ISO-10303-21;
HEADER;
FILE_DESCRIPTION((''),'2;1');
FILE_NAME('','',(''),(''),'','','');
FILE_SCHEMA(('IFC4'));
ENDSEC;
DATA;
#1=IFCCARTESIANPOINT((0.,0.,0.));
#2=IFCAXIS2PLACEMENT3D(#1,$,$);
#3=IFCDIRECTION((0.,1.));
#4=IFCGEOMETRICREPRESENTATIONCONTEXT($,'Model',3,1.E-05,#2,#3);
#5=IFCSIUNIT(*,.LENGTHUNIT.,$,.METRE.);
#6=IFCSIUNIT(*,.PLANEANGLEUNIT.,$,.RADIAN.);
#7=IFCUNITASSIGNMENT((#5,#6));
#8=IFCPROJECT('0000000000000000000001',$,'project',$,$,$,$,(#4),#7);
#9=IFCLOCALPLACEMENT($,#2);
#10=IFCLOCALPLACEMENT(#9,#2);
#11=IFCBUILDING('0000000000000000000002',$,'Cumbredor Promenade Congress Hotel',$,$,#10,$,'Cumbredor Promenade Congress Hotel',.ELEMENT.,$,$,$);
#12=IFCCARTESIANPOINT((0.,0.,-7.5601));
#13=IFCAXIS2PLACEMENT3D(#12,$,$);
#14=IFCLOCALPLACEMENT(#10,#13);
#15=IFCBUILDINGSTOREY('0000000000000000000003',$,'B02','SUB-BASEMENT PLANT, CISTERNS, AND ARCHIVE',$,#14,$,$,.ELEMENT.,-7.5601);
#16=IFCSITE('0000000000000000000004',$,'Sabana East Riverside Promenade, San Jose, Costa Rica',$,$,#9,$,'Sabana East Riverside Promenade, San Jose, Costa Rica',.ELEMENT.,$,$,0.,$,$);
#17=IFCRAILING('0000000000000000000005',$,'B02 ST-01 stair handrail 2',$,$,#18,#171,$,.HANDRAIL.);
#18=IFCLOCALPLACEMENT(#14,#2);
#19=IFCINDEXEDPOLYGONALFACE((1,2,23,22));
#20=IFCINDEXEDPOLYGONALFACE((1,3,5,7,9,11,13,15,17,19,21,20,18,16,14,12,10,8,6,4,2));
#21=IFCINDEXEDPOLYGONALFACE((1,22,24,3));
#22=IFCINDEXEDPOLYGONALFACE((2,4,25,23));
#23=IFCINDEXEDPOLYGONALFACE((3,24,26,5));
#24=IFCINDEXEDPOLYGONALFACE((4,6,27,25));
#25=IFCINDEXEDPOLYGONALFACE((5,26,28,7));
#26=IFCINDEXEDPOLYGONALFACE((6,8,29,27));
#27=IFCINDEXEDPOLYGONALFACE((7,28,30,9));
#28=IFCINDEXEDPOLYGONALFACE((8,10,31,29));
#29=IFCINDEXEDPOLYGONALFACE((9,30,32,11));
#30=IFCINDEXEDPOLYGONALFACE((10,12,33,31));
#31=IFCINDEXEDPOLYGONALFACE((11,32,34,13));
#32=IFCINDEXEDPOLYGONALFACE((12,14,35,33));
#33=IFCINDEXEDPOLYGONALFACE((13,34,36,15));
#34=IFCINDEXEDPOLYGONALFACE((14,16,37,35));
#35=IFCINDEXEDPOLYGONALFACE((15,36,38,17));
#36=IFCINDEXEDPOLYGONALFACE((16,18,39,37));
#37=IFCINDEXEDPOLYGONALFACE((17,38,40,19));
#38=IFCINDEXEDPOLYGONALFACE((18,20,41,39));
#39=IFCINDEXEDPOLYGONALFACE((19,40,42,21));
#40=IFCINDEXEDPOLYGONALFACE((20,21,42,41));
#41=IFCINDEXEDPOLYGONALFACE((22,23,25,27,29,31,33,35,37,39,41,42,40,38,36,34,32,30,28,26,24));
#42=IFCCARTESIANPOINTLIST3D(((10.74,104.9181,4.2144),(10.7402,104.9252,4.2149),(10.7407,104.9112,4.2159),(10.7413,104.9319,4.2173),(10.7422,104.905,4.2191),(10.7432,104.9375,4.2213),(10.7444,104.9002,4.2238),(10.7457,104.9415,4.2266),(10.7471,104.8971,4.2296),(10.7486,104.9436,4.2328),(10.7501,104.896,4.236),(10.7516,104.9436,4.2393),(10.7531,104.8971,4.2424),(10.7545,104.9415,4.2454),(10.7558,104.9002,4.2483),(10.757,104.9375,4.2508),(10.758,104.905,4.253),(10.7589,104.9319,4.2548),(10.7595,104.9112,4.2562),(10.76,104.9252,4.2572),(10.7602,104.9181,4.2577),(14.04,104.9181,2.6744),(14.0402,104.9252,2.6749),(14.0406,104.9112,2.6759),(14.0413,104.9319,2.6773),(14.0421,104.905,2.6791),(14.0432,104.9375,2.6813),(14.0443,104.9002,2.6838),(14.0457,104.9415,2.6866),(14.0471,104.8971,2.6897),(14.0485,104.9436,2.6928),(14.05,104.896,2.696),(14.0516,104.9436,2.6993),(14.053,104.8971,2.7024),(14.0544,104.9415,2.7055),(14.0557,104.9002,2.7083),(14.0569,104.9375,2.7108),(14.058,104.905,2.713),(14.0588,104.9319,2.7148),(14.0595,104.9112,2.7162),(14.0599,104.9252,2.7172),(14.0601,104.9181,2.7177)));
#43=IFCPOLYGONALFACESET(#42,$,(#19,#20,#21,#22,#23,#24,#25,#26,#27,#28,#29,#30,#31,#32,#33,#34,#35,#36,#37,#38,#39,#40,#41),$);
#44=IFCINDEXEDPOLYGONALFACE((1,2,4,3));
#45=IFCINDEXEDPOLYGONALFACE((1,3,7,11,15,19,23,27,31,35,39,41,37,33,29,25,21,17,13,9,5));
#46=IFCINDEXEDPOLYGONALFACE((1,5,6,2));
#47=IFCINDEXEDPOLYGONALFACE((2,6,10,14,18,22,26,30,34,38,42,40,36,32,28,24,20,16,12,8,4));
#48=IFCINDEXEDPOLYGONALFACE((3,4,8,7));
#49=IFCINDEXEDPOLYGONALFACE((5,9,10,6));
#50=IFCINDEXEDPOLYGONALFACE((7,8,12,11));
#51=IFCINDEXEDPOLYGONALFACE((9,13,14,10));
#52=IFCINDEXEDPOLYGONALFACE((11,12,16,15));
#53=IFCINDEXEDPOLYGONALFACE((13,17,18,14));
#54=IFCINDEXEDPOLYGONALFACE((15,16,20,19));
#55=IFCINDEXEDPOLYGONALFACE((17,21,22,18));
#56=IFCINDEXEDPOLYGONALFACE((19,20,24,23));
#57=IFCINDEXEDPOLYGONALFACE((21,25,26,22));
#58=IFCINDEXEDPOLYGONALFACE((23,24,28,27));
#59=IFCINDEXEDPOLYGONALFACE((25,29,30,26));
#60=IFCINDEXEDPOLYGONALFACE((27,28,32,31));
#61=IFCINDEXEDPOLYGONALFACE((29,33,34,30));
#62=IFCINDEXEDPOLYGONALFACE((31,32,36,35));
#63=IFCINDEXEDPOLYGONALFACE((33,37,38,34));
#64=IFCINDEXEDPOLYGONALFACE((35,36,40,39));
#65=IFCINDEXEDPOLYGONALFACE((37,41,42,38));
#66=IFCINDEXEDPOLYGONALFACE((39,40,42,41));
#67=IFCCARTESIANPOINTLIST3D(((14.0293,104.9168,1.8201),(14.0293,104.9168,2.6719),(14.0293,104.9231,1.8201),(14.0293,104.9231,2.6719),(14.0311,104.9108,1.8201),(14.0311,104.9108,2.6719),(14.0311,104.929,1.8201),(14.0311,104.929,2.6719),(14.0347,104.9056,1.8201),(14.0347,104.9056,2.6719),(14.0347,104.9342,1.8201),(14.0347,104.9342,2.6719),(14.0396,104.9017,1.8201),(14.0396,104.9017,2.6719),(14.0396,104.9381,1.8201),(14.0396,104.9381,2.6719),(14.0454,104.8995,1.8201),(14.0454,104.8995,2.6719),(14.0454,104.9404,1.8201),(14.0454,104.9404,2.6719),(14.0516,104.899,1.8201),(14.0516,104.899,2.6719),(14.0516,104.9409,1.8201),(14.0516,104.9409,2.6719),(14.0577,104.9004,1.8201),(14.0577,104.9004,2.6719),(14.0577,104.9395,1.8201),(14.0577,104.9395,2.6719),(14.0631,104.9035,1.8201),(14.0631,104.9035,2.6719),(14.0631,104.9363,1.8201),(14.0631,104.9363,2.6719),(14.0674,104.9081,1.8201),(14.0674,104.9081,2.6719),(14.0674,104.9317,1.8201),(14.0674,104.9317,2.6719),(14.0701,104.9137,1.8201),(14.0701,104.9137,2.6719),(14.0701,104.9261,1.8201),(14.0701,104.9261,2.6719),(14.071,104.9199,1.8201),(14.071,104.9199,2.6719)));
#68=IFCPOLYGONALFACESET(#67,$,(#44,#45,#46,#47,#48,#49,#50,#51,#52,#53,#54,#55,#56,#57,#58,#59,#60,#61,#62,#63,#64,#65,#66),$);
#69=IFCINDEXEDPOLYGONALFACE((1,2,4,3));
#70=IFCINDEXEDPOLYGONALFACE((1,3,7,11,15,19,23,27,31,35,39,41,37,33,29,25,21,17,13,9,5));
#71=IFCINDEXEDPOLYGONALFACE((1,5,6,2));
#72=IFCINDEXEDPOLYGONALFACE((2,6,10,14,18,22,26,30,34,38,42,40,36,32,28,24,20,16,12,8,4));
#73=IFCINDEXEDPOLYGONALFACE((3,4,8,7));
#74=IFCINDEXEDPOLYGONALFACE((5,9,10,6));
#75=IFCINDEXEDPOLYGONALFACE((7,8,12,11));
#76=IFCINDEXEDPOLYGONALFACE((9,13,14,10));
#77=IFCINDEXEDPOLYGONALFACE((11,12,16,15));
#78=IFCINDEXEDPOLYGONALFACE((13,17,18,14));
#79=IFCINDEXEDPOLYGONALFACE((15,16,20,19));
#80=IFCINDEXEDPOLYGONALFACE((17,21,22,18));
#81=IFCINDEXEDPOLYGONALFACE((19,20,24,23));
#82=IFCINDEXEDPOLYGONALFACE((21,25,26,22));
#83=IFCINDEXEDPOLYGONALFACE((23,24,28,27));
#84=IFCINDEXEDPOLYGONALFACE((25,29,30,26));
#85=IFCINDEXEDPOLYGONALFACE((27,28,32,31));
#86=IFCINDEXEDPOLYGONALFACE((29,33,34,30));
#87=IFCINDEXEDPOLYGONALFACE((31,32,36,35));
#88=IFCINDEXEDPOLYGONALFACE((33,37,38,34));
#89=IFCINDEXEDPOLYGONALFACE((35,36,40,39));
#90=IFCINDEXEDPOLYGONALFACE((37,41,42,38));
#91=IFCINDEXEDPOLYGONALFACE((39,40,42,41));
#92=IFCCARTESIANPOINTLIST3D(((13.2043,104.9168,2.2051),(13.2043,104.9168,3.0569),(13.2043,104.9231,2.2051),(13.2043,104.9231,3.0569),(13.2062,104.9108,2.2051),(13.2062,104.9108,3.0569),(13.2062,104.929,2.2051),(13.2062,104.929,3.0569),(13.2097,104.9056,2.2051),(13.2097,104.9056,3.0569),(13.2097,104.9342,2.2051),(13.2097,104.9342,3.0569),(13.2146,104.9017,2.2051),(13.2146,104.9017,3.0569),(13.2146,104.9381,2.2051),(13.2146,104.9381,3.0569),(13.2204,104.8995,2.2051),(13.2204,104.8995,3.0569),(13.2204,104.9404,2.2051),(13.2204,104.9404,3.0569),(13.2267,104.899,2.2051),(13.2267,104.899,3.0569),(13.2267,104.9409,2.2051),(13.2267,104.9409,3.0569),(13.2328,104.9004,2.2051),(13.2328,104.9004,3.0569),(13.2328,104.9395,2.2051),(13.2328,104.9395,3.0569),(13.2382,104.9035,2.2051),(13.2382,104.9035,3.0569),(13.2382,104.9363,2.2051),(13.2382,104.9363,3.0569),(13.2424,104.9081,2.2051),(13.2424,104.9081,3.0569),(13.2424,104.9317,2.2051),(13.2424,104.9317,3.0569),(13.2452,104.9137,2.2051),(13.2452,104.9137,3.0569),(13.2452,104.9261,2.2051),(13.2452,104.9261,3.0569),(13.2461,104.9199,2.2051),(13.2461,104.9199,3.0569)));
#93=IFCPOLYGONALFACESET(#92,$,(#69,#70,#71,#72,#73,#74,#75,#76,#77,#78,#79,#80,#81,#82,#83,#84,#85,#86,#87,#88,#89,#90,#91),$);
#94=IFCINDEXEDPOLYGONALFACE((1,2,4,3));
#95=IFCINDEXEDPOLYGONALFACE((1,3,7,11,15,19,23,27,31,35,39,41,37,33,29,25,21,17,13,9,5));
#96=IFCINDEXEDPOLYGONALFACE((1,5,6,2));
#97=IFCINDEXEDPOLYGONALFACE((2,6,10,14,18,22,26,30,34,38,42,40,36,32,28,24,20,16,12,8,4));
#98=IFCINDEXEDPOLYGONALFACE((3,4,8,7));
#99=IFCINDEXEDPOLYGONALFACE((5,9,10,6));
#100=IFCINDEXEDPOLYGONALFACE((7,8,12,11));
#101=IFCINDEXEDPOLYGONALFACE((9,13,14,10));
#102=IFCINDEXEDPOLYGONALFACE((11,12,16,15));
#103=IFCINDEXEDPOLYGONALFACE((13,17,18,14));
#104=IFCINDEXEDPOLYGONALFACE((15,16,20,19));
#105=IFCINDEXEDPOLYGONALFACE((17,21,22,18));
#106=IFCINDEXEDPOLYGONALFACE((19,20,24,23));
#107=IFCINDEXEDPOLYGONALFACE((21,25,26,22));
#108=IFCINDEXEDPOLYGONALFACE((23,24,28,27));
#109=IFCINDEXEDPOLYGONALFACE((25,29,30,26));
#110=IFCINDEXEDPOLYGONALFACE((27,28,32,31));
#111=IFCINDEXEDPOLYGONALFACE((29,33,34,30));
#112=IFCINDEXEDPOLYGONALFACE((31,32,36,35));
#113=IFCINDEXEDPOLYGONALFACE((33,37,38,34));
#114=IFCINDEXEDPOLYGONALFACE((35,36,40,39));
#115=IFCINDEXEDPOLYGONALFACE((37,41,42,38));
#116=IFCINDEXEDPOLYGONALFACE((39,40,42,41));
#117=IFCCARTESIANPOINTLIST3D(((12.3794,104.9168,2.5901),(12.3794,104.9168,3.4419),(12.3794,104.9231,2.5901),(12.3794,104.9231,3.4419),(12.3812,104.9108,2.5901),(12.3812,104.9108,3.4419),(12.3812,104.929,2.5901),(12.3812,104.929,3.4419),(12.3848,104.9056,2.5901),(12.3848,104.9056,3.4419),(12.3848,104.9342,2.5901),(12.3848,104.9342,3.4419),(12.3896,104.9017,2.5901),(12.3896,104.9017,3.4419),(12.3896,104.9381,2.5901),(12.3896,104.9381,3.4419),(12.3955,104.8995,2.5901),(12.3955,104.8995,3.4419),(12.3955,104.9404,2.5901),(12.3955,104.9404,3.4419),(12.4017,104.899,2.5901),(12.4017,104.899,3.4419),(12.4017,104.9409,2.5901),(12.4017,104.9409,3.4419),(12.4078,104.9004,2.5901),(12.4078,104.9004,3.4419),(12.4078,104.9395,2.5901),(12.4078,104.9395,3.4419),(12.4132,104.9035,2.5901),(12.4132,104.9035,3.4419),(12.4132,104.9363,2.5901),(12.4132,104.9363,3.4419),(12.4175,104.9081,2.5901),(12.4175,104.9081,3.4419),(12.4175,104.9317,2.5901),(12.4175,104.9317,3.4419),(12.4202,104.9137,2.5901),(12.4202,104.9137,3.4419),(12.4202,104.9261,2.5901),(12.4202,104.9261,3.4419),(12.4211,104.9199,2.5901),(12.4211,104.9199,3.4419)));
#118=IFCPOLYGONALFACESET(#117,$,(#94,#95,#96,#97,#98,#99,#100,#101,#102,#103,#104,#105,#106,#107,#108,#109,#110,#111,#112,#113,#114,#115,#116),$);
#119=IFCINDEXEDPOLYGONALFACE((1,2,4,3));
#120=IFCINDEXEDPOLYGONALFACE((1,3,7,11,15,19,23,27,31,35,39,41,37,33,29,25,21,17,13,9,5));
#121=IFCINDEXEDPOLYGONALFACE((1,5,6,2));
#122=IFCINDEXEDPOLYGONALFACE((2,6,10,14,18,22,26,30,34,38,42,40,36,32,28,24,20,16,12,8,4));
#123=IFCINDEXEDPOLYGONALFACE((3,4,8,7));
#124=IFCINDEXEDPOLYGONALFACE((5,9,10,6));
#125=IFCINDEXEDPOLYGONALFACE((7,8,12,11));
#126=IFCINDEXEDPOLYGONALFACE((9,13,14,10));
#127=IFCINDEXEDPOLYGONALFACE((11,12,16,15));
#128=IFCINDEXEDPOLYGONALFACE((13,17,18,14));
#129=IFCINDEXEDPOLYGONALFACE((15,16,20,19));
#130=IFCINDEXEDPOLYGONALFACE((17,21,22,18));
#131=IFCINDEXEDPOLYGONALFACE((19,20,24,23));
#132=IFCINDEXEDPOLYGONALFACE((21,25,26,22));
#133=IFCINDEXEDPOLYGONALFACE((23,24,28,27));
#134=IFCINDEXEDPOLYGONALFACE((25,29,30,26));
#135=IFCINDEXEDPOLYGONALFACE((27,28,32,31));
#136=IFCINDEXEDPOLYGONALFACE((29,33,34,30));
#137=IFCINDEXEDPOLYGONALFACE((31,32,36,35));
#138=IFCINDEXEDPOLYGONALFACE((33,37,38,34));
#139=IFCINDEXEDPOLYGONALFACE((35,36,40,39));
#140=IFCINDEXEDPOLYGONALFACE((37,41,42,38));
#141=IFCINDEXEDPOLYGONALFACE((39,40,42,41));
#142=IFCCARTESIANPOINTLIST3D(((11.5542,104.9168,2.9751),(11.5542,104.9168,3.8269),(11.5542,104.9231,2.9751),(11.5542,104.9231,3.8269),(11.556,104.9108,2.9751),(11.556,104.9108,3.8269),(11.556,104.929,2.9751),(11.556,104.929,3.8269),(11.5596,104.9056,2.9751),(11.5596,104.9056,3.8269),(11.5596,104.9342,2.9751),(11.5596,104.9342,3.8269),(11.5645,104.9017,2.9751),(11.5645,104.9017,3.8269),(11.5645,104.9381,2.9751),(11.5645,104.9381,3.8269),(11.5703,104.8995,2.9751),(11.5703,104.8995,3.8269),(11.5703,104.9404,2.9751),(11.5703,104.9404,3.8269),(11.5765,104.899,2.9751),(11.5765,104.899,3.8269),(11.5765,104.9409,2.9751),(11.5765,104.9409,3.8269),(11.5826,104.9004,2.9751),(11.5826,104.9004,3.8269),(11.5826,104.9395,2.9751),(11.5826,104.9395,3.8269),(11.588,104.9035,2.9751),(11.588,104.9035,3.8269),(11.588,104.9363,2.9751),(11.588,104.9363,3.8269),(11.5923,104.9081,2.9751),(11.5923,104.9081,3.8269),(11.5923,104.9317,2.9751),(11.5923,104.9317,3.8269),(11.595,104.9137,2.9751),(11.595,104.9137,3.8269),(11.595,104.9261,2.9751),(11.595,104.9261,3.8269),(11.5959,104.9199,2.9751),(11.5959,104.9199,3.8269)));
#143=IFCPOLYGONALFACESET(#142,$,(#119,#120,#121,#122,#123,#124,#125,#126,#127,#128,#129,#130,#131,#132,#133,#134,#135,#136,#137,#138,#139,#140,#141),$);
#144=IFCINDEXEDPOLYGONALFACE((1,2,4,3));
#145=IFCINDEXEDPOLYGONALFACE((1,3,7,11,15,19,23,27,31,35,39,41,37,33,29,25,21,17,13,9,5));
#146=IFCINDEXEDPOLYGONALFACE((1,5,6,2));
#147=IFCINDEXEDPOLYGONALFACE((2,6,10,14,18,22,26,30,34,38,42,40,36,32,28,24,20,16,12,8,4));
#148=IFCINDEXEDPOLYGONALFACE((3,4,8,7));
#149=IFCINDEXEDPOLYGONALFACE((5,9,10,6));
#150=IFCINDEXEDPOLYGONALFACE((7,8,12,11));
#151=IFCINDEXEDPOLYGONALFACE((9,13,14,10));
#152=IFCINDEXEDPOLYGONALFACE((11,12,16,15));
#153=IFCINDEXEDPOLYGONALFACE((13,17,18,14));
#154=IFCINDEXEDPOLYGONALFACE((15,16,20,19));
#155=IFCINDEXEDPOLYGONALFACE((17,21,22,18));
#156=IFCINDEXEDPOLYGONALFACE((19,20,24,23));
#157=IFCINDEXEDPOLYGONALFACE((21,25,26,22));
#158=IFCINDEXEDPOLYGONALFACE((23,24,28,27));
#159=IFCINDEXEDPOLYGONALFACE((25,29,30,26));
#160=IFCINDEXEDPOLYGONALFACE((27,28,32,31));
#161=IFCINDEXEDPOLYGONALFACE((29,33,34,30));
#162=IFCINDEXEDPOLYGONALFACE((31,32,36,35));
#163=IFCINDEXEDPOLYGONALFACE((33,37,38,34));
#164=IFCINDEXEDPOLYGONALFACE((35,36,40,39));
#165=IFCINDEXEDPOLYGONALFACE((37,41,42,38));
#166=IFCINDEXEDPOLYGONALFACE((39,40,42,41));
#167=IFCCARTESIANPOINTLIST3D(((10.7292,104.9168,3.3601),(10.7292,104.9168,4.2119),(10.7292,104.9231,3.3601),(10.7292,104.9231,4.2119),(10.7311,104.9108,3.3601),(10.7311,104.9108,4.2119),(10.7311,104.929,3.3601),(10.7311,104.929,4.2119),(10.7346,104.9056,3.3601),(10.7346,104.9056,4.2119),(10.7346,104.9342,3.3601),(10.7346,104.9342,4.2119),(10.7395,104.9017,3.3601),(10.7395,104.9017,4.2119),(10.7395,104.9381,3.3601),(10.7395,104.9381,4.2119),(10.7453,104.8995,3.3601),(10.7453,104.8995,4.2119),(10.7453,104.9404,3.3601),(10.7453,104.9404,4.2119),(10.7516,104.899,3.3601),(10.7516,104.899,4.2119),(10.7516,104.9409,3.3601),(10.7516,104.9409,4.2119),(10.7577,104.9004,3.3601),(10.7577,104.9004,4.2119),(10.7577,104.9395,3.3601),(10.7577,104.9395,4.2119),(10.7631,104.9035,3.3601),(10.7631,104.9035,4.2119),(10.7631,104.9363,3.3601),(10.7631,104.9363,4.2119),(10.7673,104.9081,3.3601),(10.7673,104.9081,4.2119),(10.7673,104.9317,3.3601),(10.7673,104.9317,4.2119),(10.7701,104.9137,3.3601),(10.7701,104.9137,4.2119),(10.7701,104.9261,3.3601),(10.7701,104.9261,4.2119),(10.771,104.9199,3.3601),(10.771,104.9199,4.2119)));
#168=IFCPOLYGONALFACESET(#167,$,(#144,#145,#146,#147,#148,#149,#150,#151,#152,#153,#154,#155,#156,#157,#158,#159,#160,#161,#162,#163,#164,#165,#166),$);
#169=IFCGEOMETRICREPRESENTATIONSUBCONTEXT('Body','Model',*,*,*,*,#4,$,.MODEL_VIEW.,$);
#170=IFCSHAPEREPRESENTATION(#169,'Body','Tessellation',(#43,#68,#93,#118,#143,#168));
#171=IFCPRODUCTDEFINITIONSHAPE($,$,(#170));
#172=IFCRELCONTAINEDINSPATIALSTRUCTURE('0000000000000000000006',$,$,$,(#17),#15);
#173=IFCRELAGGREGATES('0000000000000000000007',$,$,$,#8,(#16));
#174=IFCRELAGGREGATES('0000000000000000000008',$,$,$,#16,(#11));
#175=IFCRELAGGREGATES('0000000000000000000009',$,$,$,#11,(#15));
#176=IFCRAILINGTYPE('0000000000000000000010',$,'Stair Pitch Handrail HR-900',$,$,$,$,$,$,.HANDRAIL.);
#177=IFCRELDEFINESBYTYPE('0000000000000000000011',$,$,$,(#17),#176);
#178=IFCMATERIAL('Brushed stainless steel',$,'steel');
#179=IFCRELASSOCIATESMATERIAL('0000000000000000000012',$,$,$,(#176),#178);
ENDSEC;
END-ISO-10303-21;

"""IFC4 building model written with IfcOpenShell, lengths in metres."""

from ifc_helpers import new_model, si_unit, direction, frame, origin, origin_2d, place, context, subcontext, project, spatial, circle, extrude, material, type_object, element, save


model = new_model("IFC4")

# Units and contexts
model_context = context("Model", 3, precision=1e-05, world=origin(), true_north=direction((0.0, 1.0)))
body_context = subcontext(model_context, "Body", "Model", "MODEL_VIEW")
ifc_project = project(units=[si_unit("LENGTHUNIT", "METRE"), si_unit("PLANEANGLEUNIT", "RADIAN")], contexts=[model_context])

# Site, building, storey
site_placement = place(None, origin())
site = spatial("IfcSite", under=ifc_project, at=site_placement, Name="Sabana East Riverside Promenade, San Jose, Costa Rica", LongName="Sabana East Riverside Promenade, San Jose, Costa Rica", CompositionType="ELEMENT", RefElevation=0.0)
building_placement = place(site_placement, origin())
building = spatial("IfcBuilding", under=site, at=building_placement, Name="Cumbredor Promenade Congress Hotel", LongName="Cumbredor Promenade Congress Hotel", CompositionType="ELEMENT")
storey_placement = place(building_placement, frame((0.0, 0.0, -7.5601)))
storey = spatial("IfcBuildingStorey", under=building, at=storey_placement, Name="B02", Description="SUB-BASEMENT PLANT, CISTERNS, AND ARCHIVE", CompositionType="ELEMENT", Elevation=-7.5601)

# Railing
ifc_material_1 = material(Name="Brushed stainless steel", Category="steel")
railing_type_1 = type_object("IfcRailingType", Name="Stair Pitch Handrail HR-900", PredefinedType="HANDRAIL", material=ifc_material_1)
for number, where, name in (
    (1, (14.05, 104.9199, 1.8201), "B02 ST-01 stair handrail 2"),
):
    element("IfcRailing", number, at=place(storey_placement, frame(where)), inside=storey, type_object=railing_type_1, Name=name, PredefinedType="HANDRAIL", context=body_context, shape_type="SweptSolid", body=[
        extrude(circle(Radius=0.0239, at=origin_2d()), frame((0.0, 0.0, 0.876), z_axis=(-0.906181, 0.0, 0.422889), x_axis=(0.0, -1.0, 0.0)), (0.0, 0.0, 1.0), 3.6416),
        extrude(circle(Radius=0.021, at=origin_2d()), origin(), (0.0, 0.0, 1.0), 0.8518),
        extrude(circle(Radius=0.021, at=origin_2d()), frame((-0.825, 0.0, 0.385)), (0.0, 0.0, 1.0), 0.8518),
        extrude(circle(Radius=0.021, at=origin_2d()), frame((-1.6499, 0.0, 0.77)), (0.0, 0.0, 1.0), 0.8518),
        extrude(circle(Radius=0.021, at=origin_2d()), frame((-2.4751, 0.0, 1.155)), (0.0, 0.0, 1.0), 0.8518),
        extrude(circle(Radius=0.021, at=origin_2d()), frame((-3.3, 0.0, 1.54)), (0.0, 0.0, 1.0), 0.8518),
    ])

save(model, "model.ifc")
